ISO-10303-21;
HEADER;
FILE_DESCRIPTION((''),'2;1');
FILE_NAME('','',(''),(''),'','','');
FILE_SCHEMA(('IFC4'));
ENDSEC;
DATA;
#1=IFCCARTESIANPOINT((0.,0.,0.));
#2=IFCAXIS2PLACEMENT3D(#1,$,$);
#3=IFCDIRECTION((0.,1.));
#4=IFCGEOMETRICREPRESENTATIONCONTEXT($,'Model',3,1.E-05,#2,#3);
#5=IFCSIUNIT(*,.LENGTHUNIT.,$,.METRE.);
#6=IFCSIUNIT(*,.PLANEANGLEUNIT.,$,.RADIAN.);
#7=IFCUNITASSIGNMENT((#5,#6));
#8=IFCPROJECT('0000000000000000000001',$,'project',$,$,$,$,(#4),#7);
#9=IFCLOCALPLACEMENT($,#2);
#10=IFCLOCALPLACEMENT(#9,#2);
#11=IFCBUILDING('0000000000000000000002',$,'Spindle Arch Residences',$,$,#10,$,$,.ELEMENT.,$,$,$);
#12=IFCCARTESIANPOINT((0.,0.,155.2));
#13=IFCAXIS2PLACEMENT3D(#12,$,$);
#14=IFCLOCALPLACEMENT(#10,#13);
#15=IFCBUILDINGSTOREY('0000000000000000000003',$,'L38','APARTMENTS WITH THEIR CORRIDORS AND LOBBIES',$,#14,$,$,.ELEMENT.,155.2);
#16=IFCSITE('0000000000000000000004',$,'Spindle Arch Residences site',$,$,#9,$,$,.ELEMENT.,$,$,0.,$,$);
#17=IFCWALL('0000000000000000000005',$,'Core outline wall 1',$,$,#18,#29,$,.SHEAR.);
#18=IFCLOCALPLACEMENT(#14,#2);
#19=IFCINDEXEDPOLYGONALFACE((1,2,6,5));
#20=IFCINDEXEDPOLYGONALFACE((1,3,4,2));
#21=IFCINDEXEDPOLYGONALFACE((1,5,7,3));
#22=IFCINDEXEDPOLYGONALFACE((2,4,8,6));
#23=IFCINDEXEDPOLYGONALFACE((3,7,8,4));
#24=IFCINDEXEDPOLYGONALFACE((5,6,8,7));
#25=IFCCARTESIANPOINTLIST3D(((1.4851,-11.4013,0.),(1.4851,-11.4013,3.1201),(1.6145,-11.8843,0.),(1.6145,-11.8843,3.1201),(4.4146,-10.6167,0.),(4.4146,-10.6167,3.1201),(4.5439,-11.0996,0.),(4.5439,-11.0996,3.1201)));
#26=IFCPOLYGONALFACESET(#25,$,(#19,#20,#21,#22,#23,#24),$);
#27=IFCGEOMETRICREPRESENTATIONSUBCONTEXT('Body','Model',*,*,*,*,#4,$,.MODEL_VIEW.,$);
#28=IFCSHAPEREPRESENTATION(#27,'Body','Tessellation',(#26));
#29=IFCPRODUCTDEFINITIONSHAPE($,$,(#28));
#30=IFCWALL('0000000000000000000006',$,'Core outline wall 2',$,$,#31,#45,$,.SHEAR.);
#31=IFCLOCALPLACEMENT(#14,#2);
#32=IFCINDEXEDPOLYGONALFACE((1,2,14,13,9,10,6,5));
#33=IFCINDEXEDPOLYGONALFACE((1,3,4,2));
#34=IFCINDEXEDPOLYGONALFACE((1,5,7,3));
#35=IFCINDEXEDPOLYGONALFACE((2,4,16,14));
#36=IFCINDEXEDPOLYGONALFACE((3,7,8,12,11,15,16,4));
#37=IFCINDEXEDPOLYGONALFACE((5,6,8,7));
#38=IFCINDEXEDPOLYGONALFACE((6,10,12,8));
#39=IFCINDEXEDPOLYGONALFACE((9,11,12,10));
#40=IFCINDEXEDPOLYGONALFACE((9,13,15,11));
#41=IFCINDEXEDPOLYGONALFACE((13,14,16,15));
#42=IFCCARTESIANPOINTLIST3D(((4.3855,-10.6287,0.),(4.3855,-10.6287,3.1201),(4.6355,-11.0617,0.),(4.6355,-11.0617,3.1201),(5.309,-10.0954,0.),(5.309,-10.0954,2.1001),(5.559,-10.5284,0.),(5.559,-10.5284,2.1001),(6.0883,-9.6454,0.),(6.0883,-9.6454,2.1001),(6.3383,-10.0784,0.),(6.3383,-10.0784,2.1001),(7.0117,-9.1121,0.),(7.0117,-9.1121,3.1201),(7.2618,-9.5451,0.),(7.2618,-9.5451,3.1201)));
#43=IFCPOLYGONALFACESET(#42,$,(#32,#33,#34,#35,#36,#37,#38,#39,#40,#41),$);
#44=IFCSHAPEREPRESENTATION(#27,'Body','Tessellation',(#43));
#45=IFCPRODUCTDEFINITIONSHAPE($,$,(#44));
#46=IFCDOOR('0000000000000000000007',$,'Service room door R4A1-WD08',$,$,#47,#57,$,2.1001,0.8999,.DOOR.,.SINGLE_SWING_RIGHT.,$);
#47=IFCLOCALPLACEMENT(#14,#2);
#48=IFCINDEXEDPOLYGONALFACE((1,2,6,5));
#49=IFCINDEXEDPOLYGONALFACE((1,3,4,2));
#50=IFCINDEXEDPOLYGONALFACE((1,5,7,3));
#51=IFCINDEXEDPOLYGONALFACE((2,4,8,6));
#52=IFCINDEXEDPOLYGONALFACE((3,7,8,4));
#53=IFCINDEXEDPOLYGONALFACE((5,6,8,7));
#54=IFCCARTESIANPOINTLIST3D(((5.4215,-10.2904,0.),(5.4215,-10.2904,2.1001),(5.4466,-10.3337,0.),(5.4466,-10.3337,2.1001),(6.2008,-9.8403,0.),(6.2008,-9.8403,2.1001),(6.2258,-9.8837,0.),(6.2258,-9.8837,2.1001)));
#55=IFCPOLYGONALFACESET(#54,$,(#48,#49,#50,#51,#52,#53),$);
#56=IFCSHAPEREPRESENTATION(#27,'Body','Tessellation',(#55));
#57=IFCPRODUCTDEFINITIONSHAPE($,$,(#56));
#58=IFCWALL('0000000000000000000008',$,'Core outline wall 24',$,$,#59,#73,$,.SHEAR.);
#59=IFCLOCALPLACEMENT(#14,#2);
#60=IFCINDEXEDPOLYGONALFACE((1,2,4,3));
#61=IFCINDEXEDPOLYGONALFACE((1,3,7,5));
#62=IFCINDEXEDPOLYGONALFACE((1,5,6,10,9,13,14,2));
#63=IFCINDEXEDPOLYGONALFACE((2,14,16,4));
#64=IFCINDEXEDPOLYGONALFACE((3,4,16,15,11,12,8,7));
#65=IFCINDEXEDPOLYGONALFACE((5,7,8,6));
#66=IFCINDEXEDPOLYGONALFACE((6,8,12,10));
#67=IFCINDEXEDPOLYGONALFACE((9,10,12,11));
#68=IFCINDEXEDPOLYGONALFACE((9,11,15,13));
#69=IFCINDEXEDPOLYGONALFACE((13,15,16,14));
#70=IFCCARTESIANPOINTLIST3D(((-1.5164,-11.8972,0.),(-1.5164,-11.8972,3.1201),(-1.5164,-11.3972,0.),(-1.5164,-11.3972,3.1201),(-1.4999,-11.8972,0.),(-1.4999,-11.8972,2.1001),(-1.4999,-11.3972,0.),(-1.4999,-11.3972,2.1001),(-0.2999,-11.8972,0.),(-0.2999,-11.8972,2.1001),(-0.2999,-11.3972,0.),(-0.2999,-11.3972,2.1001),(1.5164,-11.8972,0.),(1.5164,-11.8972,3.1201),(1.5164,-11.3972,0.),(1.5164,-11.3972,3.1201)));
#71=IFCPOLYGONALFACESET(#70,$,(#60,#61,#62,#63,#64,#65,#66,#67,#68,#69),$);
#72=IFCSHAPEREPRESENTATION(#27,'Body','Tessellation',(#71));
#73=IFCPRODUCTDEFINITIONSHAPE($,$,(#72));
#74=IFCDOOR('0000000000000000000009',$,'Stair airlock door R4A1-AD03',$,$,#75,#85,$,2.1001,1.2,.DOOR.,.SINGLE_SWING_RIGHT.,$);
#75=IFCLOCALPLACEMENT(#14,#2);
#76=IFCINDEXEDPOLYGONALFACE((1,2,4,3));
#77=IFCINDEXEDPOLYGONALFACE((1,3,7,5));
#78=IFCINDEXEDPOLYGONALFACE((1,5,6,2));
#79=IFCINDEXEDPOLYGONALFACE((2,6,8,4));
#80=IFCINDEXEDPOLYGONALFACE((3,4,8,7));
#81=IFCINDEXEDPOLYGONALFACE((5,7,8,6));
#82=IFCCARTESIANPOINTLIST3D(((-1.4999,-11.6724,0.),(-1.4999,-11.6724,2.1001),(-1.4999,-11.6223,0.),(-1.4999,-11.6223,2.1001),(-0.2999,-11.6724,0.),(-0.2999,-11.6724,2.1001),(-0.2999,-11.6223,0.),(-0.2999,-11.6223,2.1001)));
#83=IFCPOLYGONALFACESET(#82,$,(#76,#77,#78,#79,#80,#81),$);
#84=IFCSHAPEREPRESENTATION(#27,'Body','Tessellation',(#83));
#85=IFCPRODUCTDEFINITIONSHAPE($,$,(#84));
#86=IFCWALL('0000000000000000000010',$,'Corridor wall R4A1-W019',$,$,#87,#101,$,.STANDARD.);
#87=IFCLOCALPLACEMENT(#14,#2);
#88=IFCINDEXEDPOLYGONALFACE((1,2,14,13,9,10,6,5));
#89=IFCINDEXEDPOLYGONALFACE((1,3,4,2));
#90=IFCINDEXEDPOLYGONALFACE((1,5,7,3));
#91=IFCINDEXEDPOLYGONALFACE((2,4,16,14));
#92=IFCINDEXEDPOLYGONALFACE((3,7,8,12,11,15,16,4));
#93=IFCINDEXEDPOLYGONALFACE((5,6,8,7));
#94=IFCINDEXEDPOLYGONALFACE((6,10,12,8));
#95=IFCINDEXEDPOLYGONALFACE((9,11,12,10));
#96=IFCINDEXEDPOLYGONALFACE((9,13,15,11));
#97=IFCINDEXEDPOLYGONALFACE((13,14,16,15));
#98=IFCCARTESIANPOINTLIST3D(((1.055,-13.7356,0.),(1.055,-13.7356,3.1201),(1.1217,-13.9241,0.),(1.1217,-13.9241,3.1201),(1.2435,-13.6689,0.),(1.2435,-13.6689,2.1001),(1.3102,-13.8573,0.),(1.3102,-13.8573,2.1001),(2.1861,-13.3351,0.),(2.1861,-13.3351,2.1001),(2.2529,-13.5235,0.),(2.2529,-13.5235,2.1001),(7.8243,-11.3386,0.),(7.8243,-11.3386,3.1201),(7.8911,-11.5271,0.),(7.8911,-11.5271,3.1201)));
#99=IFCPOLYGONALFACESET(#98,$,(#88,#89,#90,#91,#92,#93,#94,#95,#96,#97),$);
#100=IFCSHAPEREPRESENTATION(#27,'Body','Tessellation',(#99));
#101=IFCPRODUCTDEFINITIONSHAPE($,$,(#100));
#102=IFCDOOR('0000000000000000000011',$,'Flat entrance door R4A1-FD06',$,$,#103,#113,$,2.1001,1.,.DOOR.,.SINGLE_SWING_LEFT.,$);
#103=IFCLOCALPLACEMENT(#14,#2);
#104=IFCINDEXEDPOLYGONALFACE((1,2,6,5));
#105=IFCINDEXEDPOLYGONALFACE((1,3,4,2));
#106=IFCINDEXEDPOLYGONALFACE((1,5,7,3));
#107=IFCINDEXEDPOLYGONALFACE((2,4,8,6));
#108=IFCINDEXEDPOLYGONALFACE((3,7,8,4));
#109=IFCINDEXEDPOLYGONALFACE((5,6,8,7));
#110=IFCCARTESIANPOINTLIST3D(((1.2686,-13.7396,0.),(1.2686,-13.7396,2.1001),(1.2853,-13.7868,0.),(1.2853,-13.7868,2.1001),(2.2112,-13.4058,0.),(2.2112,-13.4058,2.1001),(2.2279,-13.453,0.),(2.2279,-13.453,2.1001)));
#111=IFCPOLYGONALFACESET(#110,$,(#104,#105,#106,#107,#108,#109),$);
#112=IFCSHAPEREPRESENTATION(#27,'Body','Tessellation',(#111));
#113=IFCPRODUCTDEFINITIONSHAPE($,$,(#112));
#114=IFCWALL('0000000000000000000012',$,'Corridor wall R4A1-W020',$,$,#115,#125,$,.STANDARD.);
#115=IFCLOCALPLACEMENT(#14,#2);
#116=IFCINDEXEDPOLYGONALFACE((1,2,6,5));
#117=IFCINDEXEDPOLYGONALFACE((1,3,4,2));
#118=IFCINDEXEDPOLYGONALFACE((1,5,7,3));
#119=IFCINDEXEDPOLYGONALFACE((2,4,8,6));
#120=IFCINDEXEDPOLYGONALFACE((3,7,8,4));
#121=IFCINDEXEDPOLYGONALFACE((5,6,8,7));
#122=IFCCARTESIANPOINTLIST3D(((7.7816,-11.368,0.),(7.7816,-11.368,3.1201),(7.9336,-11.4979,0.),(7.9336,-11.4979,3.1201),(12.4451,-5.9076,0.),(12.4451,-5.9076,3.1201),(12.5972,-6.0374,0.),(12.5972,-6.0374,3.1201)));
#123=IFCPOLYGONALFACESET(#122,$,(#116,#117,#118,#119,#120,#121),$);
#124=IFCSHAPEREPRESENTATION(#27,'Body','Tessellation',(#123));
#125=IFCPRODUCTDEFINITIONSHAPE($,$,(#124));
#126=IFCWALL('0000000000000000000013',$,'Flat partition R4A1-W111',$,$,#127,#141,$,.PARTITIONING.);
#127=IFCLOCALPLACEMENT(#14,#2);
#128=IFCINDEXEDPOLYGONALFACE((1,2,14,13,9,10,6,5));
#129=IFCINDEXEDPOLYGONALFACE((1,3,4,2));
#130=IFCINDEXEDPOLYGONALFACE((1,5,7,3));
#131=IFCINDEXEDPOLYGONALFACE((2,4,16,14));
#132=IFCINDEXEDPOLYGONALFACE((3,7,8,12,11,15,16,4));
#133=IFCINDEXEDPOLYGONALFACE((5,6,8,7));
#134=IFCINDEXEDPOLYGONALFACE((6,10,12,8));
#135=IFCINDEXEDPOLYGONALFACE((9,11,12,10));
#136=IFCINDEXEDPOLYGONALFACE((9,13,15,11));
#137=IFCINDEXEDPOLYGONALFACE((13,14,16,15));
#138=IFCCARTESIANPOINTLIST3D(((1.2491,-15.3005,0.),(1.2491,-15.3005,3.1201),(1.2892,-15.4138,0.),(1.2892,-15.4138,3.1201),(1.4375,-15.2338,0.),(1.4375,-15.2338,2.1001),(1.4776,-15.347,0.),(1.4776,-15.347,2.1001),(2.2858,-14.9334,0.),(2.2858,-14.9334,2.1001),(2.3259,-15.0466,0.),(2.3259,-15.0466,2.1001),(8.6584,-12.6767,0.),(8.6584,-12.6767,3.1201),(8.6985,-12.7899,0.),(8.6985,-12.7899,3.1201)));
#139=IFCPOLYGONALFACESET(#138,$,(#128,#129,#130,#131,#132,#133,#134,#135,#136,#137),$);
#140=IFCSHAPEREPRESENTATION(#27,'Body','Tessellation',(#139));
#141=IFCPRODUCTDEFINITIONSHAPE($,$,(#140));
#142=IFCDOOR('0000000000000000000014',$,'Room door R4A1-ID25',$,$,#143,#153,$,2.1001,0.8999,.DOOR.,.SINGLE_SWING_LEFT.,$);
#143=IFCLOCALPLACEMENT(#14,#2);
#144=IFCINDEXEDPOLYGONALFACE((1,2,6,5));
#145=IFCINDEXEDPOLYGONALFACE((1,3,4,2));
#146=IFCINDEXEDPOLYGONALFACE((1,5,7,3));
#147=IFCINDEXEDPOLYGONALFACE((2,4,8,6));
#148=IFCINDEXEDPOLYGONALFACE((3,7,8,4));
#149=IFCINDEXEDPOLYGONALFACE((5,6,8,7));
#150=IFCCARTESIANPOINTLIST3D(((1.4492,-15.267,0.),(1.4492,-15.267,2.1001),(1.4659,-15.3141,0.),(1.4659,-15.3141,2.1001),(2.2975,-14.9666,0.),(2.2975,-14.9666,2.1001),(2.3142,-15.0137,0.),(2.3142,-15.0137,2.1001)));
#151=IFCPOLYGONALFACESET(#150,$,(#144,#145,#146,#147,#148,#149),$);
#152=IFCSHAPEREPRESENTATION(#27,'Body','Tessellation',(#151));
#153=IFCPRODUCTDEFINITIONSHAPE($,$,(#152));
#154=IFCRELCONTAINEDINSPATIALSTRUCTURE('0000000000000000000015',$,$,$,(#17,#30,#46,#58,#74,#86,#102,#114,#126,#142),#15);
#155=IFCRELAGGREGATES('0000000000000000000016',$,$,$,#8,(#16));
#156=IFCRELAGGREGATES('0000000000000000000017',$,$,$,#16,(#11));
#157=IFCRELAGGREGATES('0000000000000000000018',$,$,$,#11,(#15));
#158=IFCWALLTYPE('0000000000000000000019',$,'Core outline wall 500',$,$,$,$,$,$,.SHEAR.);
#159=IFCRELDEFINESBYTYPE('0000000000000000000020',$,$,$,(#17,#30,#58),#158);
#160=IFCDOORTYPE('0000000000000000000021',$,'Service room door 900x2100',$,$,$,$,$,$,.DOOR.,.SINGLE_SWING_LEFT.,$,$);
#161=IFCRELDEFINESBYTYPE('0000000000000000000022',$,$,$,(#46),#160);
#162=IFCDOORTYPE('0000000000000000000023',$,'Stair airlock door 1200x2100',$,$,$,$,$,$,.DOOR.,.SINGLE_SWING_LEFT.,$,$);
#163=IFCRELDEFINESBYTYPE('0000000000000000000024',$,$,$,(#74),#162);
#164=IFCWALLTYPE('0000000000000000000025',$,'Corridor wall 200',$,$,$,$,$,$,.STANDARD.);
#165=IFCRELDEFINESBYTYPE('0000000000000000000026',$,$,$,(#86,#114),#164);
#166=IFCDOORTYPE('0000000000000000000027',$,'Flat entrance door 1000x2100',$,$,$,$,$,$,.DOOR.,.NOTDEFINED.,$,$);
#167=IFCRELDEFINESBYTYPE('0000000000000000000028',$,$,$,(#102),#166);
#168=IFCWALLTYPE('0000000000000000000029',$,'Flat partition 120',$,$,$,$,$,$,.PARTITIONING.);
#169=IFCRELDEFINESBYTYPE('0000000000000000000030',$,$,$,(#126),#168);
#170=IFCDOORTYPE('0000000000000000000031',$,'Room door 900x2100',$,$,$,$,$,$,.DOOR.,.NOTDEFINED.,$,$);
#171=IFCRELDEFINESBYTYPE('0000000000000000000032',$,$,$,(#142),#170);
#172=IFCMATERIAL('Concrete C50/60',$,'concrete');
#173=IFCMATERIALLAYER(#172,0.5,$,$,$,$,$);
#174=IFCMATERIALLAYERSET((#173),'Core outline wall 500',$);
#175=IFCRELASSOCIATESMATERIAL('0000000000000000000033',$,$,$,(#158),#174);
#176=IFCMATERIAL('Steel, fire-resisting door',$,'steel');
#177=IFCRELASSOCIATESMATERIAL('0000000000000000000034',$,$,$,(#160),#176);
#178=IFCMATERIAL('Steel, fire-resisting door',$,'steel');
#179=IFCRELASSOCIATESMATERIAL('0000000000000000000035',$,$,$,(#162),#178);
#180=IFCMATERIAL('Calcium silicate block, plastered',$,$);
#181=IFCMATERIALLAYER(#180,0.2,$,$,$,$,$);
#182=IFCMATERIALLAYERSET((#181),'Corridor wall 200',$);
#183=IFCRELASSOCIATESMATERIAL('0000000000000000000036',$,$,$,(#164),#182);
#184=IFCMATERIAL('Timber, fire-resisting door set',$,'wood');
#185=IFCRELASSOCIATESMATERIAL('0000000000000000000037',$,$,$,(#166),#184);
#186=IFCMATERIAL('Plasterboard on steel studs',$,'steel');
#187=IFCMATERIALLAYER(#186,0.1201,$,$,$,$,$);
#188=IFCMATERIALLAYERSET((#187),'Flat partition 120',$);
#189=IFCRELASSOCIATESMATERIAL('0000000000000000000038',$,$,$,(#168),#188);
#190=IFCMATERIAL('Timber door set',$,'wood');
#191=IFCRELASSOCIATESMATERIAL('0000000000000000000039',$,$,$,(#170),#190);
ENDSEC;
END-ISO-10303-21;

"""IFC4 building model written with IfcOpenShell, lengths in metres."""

from ifc_helpers import new_model, si_unit, direction, frame, frame_2d, origin, place, context, subcontext, project, spatial, rectangle, extrude, material, layer, layer_set, type_object, element, fill, save


model = new_model("IFC4")

# Units and contexts
model_context = context("Model", 3, precision=1e-05, world=origin(), true_north=direction((0.0, 1.0)))
body_context = subcontext(model_context, "Body", "Model", "MODEL_VIEW")
ifc_project = project(units=[si_unit("LENGTHUNIT", "METRE"), si_unit("PLANEANGLEUNIT", "RADIAN")], contexts=[model_context])

# Site, building, storey
site_placement = place(None, origin())
site = spatial("IfcSite", under=ifc_project, at=site_placement, Name="Spindle Arch Residences site", CompositionType="ELEMENT", RefElevation=0.0)
building_placement = place(site_placement, origin())
building = spatial("IfcBuilding", under=site, at=building_placement, Name="Spindle Arch Residences", CompositionType="ELEMENT")
storey_placement = place(building_placement, frame((0.0, 0.0, 155.2)))
storey = spatial("IfcBuildingStorey", under=building, at=storey_placement, Name="L38", Description="APARTMENTS WITH THEIR CORRIDORS AND LOBBIES", CompositionType="ELEMENT", Elevation=155.2)

# Wall
ifc_material_1 = material(Name="Concrete C50/60", Category="concrete")
ifc_layer_1 = layer(ifc_material_1, 0.5)
ifc_layer_set_1 = layer_set([ifc_layer_1], Name="Core outline wall 500")
wall_type_1 = type_object("IfcWallType", Name="Core outline wall 500", PredefinedType="SHEAR", material=ifc_layer_set_1)
wall_1_placement = place(storey_placement, frame((1.5498, -11.6428, 0.0), z_axis=(0.0, 0.0, 1.0), x_axis=(0.965948, 0.258735, 0.0)))
element("IfcWall", 1, at=wall_1_placement, inside=storey, type_object=wall_type_1, Name="Core outline wall 1", PredefinedType="SHEAR", context=body_context, shape_type="SweptSolid", body=[
    extrude(rectangle(XDim=3.0327, YDim=0.5, at=frame_2d((1.5164, 0.0))), origin(), (0.0, 0.0, 1.0), 3.1201),
])

# Walls, openings, doors
wall_2_placement = place(storey_placement, frame((4.5105, -10.8452, 0.0), z_axis=(0.0, 0.0, 1.0), x_axis=(0.865975, 0.500087, 0.0)))
wall_2 = element("IfcWall", 2, at=wall_2_placement, inside=storey, type_object=wall_type_1, Name="Core outline wall 2", PredefinedType="SHEAR", context=body_context, shape_type="SweptSolid", body=[
    extrude(rectangle(XDim=3.0327, YDim=0.5, at=frame_2d((1.5164, 0.0))), origin(), (0.0, 0.0, 1.0), 3.1201),
])
opening_1_placement = place(wall_2_placement, frame((1.0664, 0.0, 0.0)))
opening_1 = element("IfcOpeningElement", 3, at=opening_1_placement, cuts=wall_2, PredefinedType="OPENING", context=body_context, shape_type="SweptSolid", body=[
    extrude(rectangle(XDim=0.8999, YDim=2.1001, at=frame_2d((0.45, 1.05))), frame((0.0, 0.26, 0.0), z_axis=(0.0, -1.0, 0.0), x_axis=(1.0, 0.0, 0.0)), (0.0, 0.0, 1.0), 0.52),
])
ifc_material_2 = material(Name="Steel, fire-resisting door", Category="steel")
door_type_1 = type_object("IfcDoorType", Name="Service room door 900x2100", OperationType="SINGLE_SWING_LEFT", PredefinedType="DOOR", material=ifc_material_2)
door_1_placement = place(opening_1_placement, origin())
door_1 = element("IfcDoor", 4, at=door_1_placement, inside=storey, type_object=door_type_1, Name="Service room door R4A1-WD08", OperationType="SINGLE_SWING_RIGHT", OverallHeight=2.1001, OverallWidth=0.8999, PredefinedType="DOOR", context=body_context, shape_type="SweptSolid", body=[
    extrude(rectangle(XDim=0.8999, YDim=2.1001, at=frame_2d((0.45, 1.05))), frame((0.0, 0.0249, 0.0), z_axis=(0.0, -1.0, 0.0), x_axis=(1.0, 0.0, 0.0)), (0.0, 0.0, 1.0), 0.05),
])
fill(opening_1, door_1)
wall_3_placement = place(storey_placement, frame((-1.5164, -11.6472, 0.0), z_axis=(0.0, 0.0, 1.0), x_axis=(1.0, 0.0, 0.0)))
wall_3 = element("IfcWall", 5, at=wall_3_placement, inside=storey, type_object=wall_type_1, Name="Core outline wall 24", PredefinedType="SHEAR", context=body_context, shape_type="SweptSolid", body=[
    extrude(rectangle(XDim=3.0327, YDim=0.5, at=frame_2d((1.5164, 0.0))), origin(), (0.0, 0.0, 1.0), 3.1201),
])
opening_2_placement = place(wall_3_placement, frame((0.0164, 0.0, 0.0)))
opening_2 = element("IfcOpeningElement", 6, at=opening_2_placement, cuts=wall_3, PredefinedType="OPENING", context=body_context, shape_type="SweptSolid", body=[
    extrude(rectangle(XDim=1.2, YDim=2.1001, at=frame_2d((0.6001, 1.05))), frame((0.0, 0.26, 0.0), z_axis=(0.0, -1.0, 0.0), x_axis=(1.0, 0.0, 0.0)), (0.0, 0.0, 1.0), 0.52),
])
ifc_material_3 = material(Name="Steel, fire-resisting door", Category="steel")
door_type_2 = type_object("IfcDoorType", Name="Stair airlock door 1200x2100", OperationType="SINGLE_SWING_LEFT", PredefinedType="DOOR", material=ifc_material_3)
door_2_placement = place(opening_2_placement, origin())
door_2 = element("IfcDoor", 7, at=door_2_placement, inside=storey, type_object=door_type_2, Name="Stair airlock door R4A1-AD03", OperationType="SINGLE_SWING_RIGHT", OverallHeight=2.1001, OverallWidth=1.2, PredefinedType="DOOR", context=body_context, shape_type="SweptSolid", body=[
    extrude(rectangle(XDim=1.2, YDim=2.1001, at=frame_2d((0.6001, 1.05))), frame((0.0, 0.0249, 0.0), z_axis=(0.0, -1.0, 0.0), x_axis=(1.0, 0.0, 0.0)), (0.0, 0.0, 1.0), 0.05),
])
fill(opening_2, door_2)
ifc_material_4 = material(Name="Calcium silicate block, plastered")
ifc_layer_2 = layer(ifc_material_4, 0.2)
ifc_layer_set_2 = layer_set([ifc_layer_2], Name="Corridor wall 200")
wall_type_2 = type_object("IfcWallType", Name="Corridor wall 200", PredefinedType="STANDARD", material=ifc_layer_set_2)
wall_4_placement = place(storey_placement, frame((1.0884, -13.8298, 0.0), z_axis=(0.0, 0.0, 1.0), x_axis=(0.942648, 0.333787, 0.0)))
wall_4 = element("IfcWall", 8, at=wall_4_placement, inside=storey, type_object=wall_type_2, Name="Corridor wall R4A1-W019", PredefinedType="STANDARD", context=body_context, shape_type="SweptSolid", body=[
    extrude(rectangle(XDim=7.1812, YDim=0.2, at=frame_2d((3.5906, 0.0))), origin(), (0.0, 0.0, 1.0), 3.1201),
])
opening_3_placement = place(wall_4_placement, frame((0.2, 0.0, 0.0)))
opening_3 = element("IfcOpeningElement", 9, at=opening_3_placement, cuts=wall_4, PredefinedType="OPENING", context=body_context, shape_type="SweptSolid", body=[
    extrude(rectangle(XDim=1.0, YDim=2.1001, at=frame_2d((0.5, 1.05))), frame((0.0, 0.1099, 0.0), z_axis=(0.0, -1.0, 0.0), x_axis=(1.0, 0.0, 0.0)), (0.0, 0.0, 1.0), 0.22),
])
ifc_material_5 = material(Name="Timber, fire-resisting door set", Category="wood")
door_type_3 = type_object("IfcDoorType", Name="Flat entrance door 1000x2100", OperationType="NOTDEFINED", PredefinedType="DOOR", material=ifc_material_5)
door_3_placement = place(opening_3_placement, origin())
door_3 = element("IfcDoor", 10, at=door_3_placement, inside=storey, type_object=door_type_3, Name="Flat entrance door R4A1-FD06", OperationType="SINGLE_SWING_LEFT", OverallHeight=2.1001, OverallWidth=1.0, PredefinedType="DOOR", context=body_context, shape_type="SweptSolid", body=[
    extrude(rectangle(XDim=1.0, YDim=2.1001, at=frame_2d((0.5, 1.05))), frame((0.0, 0.0249, 0.0), z_axis=(0.0, -1.0, 0.0), x_axis=(1.0, 0.0, 0.0)), (0.0, 0.0, 1.0), 0.05),
])
fill(opening_3, door_3)

# Wall
wall_5_placement = place(storey_placement, frame((7.8577, -11.4329, 0.0), z_axis=(0.0, 0.0, 1.0), x_axis=(0.649441, 0.760412, 0.0)))
element("IfcWall", 11, at=wall_5_placement, inside=storey, type_object=wall_type_2, Name="Corridor wall R4A1-W020", PredefinedType="STANDARD", context=body_context, shape_type="SweptSolid", body=[
    extrude(rectangle(XDim=7.1809, YDim=0.2, at=frame_2d((3.5903, 0.0))), origin(), (0.0, 0.0, 1.0), 3.1201),
])

# Wall, opening, door
ifc_material_6 = material(Name="Plasterboard on steel studs", Category="steel")
ifc_layer_3 = layer(ifc_material_6, 0.1201)
ifc_layer_set_3 = layer_set([ifc_layer_3], Name="Flat partition 120")
wall_type_3 = type_object("IfcWallType", Name="Flat partition 120", PredefinedType="PARTITIONING", material=ifc_layer_set_3)
wall_6_placement = place(storey_placement, frame((1.269, -15.3572, 0.0), z_axis=(0.0, 0.0, 1.0), x_axis=(0.942639, 0.333813, 0.0)))
wall_6 = element("IfcWall", 12, at=wall_6_placement, inside=storey, type_object=wall_type_3, Name="Flat partition R4A1-W111", PredefinedType="PARTITIONING", context=body_context, shape_type="SweptSolid", body=[
    extrude(rectangle(XDim=7.8601, YDim=0.1201, at=frame_2d((3.9302, 0.0))), origin(), (0.0, 0.0, 1.0), 3.1201),
])
opening_4_placement = place(wall_6_placement, frame((0.2, 0.0, 0.0)))
opening_4 = element("IfcOpeningElement", 13, at=opening_4_placement, cuts=wall_6, PredefinedType="OPENING", context=body_context, shape_type="SweptSolid", body=[
    extrude(rectangle(XDim=0.8999, YDim=2.1001, at=frame_2d((0.45, 1.05))), frame((0.0, 0.0701, 0.0), z_axis=(0.0, -1.0, 0.0), x_axis=(1.0, 0.0, 0.0)), (0.0, 0.0, 1.0), 0.1401),
])
ifc_material_7 = material(Name="Timber door set", Category="wood")
door_type_4 = type_object("IfcDoorType", Name="Room door 900x2100", OperationType="NOTDEFINED", PredefinedType="DOOR", material=ifc_material_7)
door_4_placement = place(opening_4_placement, origin())
door_4 = element("IfcDoor", 14, at=door_4_placement, inside=storey, type_object=door_type_4, Name="Room door R4A1-ID25", OperationType="SINGLE_SWING_LEFT", OverallHeight=2.1001, OverallWidth=0.8999, PredefinedType="DOOR", context=body_context, shape_type="SweptSolid", body=[
    extrude(rectangle(XDim=0.8999, YDim=2.1001, at=frame_2d((0.45, 1.05))), frame((0.0, 0.0249, 0.0), z_axis=(0.0, -1.0, 0.0), x_axis=(1.0, 0.0, 0.0)), (0.0, 0.0, 1.0), 0.05),
])
fill(opening_4, door_4)

save(model, "model.ifc")
